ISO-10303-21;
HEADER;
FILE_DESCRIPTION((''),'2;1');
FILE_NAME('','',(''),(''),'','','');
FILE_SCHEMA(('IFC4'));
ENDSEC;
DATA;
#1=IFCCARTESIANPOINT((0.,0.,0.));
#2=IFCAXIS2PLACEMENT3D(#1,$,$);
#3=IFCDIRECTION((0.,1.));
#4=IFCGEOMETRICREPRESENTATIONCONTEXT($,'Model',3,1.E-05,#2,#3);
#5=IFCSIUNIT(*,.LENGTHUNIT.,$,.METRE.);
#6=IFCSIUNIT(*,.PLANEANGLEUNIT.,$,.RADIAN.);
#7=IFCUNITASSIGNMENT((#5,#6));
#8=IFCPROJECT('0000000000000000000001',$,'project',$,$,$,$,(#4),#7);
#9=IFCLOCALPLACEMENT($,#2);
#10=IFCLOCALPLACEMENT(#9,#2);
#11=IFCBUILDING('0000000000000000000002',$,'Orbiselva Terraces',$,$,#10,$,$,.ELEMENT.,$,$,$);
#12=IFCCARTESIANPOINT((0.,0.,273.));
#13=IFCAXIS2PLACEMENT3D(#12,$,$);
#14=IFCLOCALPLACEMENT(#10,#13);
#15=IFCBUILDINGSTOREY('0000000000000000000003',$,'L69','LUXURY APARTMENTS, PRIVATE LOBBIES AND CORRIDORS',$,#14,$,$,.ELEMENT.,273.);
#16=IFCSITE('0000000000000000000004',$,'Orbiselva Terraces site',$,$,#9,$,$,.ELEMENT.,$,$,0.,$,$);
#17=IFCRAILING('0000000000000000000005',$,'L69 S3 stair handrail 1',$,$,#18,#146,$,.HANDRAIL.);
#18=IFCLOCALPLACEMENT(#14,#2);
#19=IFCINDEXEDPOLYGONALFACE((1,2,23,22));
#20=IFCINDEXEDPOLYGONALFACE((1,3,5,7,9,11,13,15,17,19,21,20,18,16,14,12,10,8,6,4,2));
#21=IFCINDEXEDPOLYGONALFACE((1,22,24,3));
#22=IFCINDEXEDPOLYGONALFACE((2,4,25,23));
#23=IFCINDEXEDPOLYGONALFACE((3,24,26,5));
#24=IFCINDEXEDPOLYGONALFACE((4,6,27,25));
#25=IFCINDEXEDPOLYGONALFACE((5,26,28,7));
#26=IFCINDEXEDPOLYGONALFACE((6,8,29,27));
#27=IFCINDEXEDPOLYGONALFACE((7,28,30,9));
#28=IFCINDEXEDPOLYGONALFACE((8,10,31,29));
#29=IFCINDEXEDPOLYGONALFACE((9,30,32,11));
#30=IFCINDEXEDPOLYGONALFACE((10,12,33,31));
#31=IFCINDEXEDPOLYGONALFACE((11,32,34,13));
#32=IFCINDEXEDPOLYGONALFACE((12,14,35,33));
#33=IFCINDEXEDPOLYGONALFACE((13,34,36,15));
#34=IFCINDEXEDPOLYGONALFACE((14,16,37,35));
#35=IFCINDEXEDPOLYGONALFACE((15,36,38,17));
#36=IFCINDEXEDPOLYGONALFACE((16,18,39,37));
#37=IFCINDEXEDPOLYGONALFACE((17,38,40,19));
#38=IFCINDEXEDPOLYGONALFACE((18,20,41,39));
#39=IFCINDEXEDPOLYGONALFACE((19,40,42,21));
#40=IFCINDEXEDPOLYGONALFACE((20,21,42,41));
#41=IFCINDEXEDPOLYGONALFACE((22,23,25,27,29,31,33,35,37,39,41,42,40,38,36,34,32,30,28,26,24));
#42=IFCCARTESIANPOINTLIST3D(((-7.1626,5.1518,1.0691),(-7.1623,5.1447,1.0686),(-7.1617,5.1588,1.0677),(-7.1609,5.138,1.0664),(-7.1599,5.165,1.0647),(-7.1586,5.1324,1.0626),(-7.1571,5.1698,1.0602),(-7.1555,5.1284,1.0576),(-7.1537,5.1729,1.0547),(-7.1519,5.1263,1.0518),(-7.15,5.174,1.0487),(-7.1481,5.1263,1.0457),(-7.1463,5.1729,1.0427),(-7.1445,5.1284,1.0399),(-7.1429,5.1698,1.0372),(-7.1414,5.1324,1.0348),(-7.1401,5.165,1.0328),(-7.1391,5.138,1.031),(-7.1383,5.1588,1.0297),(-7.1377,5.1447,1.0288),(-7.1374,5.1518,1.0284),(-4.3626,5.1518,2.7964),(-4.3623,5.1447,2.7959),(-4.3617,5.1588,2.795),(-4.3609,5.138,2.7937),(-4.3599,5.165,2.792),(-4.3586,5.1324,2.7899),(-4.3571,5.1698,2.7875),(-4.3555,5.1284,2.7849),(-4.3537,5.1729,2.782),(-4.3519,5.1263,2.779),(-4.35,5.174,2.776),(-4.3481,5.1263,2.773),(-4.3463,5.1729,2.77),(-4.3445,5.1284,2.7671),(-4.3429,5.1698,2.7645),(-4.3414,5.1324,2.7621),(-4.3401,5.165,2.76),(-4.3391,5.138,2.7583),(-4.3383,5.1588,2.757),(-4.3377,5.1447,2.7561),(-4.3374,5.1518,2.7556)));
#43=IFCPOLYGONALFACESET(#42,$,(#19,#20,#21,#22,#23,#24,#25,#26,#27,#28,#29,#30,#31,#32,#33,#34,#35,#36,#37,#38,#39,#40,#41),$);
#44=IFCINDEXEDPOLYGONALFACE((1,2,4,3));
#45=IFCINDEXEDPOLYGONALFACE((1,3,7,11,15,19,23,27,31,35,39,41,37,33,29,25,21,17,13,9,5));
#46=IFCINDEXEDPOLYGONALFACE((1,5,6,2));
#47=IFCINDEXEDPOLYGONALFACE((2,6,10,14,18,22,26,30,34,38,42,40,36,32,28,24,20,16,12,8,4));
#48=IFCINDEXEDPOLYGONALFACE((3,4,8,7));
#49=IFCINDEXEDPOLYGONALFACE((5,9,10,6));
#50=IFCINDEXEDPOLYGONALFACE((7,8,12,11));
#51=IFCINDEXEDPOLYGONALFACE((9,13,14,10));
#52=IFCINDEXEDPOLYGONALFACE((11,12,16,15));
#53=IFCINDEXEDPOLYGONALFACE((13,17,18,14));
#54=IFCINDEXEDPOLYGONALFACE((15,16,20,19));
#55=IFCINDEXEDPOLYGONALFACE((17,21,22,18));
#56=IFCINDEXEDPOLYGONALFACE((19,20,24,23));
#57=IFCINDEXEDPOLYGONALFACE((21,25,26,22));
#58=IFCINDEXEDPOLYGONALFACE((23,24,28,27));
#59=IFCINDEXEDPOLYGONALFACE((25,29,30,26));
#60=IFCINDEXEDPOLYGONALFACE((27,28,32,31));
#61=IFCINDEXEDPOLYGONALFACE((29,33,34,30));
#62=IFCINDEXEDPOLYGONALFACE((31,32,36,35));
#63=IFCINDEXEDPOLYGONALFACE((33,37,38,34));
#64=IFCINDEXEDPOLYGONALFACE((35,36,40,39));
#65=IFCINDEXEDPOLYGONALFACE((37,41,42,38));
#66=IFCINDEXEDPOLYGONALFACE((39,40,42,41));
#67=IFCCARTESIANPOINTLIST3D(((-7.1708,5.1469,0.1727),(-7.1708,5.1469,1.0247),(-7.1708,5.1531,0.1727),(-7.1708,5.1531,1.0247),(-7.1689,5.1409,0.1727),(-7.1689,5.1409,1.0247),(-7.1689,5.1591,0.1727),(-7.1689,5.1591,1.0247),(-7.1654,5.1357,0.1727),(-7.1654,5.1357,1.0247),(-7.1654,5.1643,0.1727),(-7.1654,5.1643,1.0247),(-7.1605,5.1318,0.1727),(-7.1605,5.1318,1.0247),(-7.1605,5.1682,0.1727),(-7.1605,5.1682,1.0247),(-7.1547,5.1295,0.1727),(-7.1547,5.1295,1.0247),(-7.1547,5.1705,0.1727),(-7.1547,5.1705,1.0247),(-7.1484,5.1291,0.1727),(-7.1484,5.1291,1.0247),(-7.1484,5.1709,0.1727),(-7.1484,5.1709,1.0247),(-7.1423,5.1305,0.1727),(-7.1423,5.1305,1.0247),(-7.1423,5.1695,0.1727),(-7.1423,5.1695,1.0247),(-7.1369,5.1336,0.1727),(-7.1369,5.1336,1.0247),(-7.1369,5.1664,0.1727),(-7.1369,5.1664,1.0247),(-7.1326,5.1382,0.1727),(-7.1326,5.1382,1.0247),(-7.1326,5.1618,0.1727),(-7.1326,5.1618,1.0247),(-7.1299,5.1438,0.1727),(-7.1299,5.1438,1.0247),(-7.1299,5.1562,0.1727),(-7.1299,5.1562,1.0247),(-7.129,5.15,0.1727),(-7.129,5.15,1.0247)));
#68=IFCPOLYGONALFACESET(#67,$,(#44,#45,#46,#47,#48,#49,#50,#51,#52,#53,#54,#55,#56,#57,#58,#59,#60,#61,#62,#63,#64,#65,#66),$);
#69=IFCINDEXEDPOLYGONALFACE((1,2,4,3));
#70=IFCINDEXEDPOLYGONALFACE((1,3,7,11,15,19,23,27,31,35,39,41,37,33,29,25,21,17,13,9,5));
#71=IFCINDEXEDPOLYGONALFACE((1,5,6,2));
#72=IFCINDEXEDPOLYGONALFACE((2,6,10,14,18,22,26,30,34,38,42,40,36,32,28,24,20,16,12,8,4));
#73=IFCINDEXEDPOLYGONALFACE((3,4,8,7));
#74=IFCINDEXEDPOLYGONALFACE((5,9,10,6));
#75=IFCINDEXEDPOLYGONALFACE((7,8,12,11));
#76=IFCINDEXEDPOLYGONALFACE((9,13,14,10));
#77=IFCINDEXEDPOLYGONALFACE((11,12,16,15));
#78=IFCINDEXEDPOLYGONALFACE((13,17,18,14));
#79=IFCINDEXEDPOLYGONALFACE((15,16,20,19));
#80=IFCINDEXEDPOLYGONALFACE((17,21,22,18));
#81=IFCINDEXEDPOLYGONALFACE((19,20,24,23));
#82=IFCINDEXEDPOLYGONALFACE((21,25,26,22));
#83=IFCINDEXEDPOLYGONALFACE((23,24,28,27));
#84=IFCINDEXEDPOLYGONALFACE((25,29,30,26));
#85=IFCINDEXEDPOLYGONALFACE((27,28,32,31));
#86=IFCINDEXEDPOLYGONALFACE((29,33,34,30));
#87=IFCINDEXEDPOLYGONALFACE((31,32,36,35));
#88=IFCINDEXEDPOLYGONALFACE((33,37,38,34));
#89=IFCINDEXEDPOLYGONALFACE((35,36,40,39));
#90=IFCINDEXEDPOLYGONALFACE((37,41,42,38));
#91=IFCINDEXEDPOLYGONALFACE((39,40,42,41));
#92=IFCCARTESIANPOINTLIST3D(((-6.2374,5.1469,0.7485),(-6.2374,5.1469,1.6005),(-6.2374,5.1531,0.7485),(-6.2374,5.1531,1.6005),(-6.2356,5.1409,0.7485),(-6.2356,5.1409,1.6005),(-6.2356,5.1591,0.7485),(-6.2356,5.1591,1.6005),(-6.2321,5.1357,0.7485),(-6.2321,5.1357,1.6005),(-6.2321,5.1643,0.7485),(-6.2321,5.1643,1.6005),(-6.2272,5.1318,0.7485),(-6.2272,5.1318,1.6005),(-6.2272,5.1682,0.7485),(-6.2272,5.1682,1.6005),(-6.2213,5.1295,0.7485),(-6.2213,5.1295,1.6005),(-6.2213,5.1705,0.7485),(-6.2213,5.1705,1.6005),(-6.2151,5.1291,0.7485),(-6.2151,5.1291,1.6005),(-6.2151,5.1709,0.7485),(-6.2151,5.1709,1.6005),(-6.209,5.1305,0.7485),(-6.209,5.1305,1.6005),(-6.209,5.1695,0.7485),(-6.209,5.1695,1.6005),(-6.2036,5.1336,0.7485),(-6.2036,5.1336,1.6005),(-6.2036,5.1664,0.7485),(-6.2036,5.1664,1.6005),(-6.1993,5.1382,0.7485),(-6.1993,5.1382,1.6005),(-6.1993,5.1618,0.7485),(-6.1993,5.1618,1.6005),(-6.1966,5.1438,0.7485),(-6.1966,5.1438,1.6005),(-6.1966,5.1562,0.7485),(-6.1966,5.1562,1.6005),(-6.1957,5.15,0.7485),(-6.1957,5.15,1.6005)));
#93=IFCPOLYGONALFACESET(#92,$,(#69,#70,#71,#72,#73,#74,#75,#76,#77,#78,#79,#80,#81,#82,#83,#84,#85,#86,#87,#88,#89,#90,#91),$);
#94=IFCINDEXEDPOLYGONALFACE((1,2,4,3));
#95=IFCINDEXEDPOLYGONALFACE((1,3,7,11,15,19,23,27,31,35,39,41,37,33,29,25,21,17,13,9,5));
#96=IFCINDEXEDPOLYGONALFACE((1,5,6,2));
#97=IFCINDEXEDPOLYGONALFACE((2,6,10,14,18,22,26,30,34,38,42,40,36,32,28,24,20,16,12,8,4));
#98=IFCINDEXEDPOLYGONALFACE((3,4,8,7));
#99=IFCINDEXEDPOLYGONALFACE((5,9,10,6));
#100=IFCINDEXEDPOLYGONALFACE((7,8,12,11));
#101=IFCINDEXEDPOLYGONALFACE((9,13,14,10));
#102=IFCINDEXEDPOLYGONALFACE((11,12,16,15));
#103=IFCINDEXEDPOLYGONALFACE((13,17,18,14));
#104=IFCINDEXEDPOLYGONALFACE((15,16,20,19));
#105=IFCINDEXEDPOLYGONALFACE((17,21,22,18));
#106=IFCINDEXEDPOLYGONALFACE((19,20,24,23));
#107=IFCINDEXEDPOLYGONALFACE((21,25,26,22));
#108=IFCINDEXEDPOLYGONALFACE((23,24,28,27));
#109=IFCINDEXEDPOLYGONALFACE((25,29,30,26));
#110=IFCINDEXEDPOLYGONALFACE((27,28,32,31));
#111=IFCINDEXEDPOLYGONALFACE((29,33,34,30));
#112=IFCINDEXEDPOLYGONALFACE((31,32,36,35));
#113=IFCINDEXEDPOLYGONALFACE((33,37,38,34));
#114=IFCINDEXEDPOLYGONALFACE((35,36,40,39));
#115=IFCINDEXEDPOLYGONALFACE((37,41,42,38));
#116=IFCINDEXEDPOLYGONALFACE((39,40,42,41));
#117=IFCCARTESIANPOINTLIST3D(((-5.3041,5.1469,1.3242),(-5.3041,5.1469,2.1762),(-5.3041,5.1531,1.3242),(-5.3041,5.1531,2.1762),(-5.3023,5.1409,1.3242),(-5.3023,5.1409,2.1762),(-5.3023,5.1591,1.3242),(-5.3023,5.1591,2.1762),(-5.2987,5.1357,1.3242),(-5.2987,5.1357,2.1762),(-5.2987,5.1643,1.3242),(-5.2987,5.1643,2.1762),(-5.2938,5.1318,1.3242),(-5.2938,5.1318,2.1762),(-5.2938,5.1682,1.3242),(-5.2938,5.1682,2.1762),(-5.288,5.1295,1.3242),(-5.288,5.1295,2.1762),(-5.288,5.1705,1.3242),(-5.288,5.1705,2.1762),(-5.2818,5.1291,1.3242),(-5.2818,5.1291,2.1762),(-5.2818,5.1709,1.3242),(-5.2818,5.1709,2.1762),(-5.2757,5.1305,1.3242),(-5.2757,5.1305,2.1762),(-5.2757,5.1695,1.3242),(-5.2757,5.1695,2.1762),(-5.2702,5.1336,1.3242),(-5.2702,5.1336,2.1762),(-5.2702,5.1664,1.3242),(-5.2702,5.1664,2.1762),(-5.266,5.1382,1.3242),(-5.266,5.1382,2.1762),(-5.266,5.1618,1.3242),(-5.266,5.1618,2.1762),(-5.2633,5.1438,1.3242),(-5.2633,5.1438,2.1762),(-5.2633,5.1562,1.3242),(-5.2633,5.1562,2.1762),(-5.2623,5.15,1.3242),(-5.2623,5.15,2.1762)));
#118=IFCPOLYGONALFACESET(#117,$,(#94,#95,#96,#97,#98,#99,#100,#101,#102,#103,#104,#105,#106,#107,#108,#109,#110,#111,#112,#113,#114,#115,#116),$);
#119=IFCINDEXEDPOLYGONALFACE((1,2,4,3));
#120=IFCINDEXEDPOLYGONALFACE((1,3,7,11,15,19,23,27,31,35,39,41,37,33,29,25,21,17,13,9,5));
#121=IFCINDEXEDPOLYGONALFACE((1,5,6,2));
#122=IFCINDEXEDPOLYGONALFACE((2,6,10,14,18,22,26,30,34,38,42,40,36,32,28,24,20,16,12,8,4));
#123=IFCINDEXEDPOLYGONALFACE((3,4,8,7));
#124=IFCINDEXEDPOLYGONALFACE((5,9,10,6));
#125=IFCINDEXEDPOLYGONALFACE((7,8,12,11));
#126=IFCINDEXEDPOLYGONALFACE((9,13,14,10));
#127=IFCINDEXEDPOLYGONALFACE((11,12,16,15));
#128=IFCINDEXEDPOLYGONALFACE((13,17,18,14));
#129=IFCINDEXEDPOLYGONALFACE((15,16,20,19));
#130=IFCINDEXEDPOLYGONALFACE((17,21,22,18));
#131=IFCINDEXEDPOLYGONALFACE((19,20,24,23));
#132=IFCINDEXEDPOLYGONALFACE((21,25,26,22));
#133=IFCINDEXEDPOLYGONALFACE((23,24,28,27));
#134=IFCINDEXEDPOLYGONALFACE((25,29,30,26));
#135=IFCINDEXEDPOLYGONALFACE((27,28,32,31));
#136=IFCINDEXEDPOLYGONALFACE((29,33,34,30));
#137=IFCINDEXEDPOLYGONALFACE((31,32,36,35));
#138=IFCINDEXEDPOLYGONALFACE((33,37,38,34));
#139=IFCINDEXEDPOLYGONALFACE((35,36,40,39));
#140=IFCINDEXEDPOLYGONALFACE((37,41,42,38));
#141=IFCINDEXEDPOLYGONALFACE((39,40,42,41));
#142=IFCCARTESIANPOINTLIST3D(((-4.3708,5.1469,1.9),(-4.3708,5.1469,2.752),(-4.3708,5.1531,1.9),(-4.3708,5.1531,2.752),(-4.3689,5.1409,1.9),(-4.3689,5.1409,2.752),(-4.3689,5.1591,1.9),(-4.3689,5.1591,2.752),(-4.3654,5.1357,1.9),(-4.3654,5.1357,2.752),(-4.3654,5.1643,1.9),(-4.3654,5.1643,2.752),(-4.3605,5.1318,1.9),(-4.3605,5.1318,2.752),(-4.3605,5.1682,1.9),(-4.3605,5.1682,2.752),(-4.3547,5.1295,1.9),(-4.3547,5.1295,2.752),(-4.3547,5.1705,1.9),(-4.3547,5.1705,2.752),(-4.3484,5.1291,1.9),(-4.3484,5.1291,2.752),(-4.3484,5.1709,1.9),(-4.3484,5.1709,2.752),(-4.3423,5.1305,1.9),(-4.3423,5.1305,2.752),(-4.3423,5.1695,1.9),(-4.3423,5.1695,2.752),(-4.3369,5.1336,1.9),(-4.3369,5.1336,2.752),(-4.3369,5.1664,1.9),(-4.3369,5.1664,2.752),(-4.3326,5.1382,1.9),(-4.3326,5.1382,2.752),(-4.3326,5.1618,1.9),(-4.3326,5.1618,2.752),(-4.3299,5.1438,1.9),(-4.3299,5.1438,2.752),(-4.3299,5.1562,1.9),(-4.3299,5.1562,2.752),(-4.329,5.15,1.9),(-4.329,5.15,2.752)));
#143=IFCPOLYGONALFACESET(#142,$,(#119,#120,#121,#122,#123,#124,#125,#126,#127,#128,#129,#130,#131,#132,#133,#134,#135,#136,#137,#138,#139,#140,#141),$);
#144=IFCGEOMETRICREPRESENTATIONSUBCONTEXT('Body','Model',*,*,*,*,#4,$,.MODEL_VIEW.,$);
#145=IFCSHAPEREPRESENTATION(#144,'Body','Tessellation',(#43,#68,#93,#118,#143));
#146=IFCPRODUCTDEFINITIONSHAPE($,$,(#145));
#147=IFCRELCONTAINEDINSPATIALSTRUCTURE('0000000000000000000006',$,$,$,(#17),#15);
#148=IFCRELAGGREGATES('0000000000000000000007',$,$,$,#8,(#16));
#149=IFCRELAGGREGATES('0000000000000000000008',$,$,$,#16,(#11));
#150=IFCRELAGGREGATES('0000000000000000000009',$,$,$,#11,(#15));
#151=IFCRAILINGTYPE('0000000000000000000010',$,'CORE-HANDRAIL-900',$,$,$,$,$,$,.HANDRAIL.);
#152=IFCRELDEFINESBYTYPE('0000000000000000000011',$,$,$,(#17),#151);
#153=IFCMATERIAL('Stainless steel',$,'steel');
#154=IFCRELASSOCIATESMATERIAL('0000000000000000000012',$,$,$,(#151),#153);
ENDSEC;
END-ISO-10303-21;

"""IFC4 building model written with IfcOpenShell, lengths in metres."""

from ifc_helpers import new_model, si_unit, direction, frame, origin, origin_2d, place, context, subcontext, project, spatial, circle, extrude, material, type_object, element, save


model = new_model("IFC4")

# Units and contexts
model_context = context("Model", 3, precision=1e-05, world=origin(), true_north=direction((0.0, 1.0)))
body_context = subcontext(model_context, "Body", "Model", "MODEL_VIEW")
ifc_project = project(units=[si_unit("LENGTHUNIT", "METRE"), si_unit("PLANEANGLEUNIT", "RADIAN")], contexts=[model_context])

# Site, building, storey
site_placement = place(None, origin())
site = spatial("IfcSite", under=ifc_project, at=site_placement, Name="Orbiselva Terraces site", CompositionType="ELEMENT", RefElevation=0.0)
building_placement = place(site_placement, origin())
building = spatial("IfcBuilding", under=site, at=building_placement, Name="Orbiselva Terraces", CompositionType="ELEMENT")
storey_placement = place(building_placement, frame((0.0, 0.0, 273.0)))
storey = spatial("IfcBuildingStorey", under=building, at=storey_placement, Name="L69", Description="LUXURY APARTMENTS, PRIVATE LOBBIES AND CORRIDORS", CompositionType="ELEMENT", Elevation=273.0)

# Railing
ifc_material_1 = material(Name="Stainless steel", Category="steel")
railing_type_1 = type_object("IfcRailingType", Name="CORE-HANDRAIL-900", PredefinedType="HANDRAIL", material=ifc_material_1)
railing_1_placement = place(storey_placement, frame((-7.15, 5.15, 0.1727)))
element("IfcRailing", 1, at=railing_1_placement, inside=storey, type_object=railing_type_1, Name="L69 S3 stair handrail 1", PredefinedType="HANDRAIL", context=body_context, shape_type="SweptSolid", body=[
    extrude(circle(Radius=0.024, at=origin_2d()), frame((0.0, 0.0, 0.876), z_axis=(0.851089, 0.0, 0.525022), x_axis=(0.0, 1.0, 0.0)), (0.0, 0.0, 1.0), 3.2899),
    extrude(circle(Radius=0.021, at=origin_2d()), origin(), (0.0, 0.0, 1.0), 0.852),
    extrude(circle(Radius=0.021, at=origin_2d()), frame((0.9333, 0.0, 0.5758)), (0.0, 0.0, 1.0), 0.852),
    extrude(circle(Radius=0.021, at=origin_2d()), frame((1.8667, 0.0, 1.1515)), (0.0, 0.0, 1.0), 0.852),
    extrude(circle(Radius=0.021, at=origin_2d()), frame((2.8, 0.0, 1.7273)), (0.0, 0.0, 1.0), 0.852),
])

save(model, "model.ifc")
